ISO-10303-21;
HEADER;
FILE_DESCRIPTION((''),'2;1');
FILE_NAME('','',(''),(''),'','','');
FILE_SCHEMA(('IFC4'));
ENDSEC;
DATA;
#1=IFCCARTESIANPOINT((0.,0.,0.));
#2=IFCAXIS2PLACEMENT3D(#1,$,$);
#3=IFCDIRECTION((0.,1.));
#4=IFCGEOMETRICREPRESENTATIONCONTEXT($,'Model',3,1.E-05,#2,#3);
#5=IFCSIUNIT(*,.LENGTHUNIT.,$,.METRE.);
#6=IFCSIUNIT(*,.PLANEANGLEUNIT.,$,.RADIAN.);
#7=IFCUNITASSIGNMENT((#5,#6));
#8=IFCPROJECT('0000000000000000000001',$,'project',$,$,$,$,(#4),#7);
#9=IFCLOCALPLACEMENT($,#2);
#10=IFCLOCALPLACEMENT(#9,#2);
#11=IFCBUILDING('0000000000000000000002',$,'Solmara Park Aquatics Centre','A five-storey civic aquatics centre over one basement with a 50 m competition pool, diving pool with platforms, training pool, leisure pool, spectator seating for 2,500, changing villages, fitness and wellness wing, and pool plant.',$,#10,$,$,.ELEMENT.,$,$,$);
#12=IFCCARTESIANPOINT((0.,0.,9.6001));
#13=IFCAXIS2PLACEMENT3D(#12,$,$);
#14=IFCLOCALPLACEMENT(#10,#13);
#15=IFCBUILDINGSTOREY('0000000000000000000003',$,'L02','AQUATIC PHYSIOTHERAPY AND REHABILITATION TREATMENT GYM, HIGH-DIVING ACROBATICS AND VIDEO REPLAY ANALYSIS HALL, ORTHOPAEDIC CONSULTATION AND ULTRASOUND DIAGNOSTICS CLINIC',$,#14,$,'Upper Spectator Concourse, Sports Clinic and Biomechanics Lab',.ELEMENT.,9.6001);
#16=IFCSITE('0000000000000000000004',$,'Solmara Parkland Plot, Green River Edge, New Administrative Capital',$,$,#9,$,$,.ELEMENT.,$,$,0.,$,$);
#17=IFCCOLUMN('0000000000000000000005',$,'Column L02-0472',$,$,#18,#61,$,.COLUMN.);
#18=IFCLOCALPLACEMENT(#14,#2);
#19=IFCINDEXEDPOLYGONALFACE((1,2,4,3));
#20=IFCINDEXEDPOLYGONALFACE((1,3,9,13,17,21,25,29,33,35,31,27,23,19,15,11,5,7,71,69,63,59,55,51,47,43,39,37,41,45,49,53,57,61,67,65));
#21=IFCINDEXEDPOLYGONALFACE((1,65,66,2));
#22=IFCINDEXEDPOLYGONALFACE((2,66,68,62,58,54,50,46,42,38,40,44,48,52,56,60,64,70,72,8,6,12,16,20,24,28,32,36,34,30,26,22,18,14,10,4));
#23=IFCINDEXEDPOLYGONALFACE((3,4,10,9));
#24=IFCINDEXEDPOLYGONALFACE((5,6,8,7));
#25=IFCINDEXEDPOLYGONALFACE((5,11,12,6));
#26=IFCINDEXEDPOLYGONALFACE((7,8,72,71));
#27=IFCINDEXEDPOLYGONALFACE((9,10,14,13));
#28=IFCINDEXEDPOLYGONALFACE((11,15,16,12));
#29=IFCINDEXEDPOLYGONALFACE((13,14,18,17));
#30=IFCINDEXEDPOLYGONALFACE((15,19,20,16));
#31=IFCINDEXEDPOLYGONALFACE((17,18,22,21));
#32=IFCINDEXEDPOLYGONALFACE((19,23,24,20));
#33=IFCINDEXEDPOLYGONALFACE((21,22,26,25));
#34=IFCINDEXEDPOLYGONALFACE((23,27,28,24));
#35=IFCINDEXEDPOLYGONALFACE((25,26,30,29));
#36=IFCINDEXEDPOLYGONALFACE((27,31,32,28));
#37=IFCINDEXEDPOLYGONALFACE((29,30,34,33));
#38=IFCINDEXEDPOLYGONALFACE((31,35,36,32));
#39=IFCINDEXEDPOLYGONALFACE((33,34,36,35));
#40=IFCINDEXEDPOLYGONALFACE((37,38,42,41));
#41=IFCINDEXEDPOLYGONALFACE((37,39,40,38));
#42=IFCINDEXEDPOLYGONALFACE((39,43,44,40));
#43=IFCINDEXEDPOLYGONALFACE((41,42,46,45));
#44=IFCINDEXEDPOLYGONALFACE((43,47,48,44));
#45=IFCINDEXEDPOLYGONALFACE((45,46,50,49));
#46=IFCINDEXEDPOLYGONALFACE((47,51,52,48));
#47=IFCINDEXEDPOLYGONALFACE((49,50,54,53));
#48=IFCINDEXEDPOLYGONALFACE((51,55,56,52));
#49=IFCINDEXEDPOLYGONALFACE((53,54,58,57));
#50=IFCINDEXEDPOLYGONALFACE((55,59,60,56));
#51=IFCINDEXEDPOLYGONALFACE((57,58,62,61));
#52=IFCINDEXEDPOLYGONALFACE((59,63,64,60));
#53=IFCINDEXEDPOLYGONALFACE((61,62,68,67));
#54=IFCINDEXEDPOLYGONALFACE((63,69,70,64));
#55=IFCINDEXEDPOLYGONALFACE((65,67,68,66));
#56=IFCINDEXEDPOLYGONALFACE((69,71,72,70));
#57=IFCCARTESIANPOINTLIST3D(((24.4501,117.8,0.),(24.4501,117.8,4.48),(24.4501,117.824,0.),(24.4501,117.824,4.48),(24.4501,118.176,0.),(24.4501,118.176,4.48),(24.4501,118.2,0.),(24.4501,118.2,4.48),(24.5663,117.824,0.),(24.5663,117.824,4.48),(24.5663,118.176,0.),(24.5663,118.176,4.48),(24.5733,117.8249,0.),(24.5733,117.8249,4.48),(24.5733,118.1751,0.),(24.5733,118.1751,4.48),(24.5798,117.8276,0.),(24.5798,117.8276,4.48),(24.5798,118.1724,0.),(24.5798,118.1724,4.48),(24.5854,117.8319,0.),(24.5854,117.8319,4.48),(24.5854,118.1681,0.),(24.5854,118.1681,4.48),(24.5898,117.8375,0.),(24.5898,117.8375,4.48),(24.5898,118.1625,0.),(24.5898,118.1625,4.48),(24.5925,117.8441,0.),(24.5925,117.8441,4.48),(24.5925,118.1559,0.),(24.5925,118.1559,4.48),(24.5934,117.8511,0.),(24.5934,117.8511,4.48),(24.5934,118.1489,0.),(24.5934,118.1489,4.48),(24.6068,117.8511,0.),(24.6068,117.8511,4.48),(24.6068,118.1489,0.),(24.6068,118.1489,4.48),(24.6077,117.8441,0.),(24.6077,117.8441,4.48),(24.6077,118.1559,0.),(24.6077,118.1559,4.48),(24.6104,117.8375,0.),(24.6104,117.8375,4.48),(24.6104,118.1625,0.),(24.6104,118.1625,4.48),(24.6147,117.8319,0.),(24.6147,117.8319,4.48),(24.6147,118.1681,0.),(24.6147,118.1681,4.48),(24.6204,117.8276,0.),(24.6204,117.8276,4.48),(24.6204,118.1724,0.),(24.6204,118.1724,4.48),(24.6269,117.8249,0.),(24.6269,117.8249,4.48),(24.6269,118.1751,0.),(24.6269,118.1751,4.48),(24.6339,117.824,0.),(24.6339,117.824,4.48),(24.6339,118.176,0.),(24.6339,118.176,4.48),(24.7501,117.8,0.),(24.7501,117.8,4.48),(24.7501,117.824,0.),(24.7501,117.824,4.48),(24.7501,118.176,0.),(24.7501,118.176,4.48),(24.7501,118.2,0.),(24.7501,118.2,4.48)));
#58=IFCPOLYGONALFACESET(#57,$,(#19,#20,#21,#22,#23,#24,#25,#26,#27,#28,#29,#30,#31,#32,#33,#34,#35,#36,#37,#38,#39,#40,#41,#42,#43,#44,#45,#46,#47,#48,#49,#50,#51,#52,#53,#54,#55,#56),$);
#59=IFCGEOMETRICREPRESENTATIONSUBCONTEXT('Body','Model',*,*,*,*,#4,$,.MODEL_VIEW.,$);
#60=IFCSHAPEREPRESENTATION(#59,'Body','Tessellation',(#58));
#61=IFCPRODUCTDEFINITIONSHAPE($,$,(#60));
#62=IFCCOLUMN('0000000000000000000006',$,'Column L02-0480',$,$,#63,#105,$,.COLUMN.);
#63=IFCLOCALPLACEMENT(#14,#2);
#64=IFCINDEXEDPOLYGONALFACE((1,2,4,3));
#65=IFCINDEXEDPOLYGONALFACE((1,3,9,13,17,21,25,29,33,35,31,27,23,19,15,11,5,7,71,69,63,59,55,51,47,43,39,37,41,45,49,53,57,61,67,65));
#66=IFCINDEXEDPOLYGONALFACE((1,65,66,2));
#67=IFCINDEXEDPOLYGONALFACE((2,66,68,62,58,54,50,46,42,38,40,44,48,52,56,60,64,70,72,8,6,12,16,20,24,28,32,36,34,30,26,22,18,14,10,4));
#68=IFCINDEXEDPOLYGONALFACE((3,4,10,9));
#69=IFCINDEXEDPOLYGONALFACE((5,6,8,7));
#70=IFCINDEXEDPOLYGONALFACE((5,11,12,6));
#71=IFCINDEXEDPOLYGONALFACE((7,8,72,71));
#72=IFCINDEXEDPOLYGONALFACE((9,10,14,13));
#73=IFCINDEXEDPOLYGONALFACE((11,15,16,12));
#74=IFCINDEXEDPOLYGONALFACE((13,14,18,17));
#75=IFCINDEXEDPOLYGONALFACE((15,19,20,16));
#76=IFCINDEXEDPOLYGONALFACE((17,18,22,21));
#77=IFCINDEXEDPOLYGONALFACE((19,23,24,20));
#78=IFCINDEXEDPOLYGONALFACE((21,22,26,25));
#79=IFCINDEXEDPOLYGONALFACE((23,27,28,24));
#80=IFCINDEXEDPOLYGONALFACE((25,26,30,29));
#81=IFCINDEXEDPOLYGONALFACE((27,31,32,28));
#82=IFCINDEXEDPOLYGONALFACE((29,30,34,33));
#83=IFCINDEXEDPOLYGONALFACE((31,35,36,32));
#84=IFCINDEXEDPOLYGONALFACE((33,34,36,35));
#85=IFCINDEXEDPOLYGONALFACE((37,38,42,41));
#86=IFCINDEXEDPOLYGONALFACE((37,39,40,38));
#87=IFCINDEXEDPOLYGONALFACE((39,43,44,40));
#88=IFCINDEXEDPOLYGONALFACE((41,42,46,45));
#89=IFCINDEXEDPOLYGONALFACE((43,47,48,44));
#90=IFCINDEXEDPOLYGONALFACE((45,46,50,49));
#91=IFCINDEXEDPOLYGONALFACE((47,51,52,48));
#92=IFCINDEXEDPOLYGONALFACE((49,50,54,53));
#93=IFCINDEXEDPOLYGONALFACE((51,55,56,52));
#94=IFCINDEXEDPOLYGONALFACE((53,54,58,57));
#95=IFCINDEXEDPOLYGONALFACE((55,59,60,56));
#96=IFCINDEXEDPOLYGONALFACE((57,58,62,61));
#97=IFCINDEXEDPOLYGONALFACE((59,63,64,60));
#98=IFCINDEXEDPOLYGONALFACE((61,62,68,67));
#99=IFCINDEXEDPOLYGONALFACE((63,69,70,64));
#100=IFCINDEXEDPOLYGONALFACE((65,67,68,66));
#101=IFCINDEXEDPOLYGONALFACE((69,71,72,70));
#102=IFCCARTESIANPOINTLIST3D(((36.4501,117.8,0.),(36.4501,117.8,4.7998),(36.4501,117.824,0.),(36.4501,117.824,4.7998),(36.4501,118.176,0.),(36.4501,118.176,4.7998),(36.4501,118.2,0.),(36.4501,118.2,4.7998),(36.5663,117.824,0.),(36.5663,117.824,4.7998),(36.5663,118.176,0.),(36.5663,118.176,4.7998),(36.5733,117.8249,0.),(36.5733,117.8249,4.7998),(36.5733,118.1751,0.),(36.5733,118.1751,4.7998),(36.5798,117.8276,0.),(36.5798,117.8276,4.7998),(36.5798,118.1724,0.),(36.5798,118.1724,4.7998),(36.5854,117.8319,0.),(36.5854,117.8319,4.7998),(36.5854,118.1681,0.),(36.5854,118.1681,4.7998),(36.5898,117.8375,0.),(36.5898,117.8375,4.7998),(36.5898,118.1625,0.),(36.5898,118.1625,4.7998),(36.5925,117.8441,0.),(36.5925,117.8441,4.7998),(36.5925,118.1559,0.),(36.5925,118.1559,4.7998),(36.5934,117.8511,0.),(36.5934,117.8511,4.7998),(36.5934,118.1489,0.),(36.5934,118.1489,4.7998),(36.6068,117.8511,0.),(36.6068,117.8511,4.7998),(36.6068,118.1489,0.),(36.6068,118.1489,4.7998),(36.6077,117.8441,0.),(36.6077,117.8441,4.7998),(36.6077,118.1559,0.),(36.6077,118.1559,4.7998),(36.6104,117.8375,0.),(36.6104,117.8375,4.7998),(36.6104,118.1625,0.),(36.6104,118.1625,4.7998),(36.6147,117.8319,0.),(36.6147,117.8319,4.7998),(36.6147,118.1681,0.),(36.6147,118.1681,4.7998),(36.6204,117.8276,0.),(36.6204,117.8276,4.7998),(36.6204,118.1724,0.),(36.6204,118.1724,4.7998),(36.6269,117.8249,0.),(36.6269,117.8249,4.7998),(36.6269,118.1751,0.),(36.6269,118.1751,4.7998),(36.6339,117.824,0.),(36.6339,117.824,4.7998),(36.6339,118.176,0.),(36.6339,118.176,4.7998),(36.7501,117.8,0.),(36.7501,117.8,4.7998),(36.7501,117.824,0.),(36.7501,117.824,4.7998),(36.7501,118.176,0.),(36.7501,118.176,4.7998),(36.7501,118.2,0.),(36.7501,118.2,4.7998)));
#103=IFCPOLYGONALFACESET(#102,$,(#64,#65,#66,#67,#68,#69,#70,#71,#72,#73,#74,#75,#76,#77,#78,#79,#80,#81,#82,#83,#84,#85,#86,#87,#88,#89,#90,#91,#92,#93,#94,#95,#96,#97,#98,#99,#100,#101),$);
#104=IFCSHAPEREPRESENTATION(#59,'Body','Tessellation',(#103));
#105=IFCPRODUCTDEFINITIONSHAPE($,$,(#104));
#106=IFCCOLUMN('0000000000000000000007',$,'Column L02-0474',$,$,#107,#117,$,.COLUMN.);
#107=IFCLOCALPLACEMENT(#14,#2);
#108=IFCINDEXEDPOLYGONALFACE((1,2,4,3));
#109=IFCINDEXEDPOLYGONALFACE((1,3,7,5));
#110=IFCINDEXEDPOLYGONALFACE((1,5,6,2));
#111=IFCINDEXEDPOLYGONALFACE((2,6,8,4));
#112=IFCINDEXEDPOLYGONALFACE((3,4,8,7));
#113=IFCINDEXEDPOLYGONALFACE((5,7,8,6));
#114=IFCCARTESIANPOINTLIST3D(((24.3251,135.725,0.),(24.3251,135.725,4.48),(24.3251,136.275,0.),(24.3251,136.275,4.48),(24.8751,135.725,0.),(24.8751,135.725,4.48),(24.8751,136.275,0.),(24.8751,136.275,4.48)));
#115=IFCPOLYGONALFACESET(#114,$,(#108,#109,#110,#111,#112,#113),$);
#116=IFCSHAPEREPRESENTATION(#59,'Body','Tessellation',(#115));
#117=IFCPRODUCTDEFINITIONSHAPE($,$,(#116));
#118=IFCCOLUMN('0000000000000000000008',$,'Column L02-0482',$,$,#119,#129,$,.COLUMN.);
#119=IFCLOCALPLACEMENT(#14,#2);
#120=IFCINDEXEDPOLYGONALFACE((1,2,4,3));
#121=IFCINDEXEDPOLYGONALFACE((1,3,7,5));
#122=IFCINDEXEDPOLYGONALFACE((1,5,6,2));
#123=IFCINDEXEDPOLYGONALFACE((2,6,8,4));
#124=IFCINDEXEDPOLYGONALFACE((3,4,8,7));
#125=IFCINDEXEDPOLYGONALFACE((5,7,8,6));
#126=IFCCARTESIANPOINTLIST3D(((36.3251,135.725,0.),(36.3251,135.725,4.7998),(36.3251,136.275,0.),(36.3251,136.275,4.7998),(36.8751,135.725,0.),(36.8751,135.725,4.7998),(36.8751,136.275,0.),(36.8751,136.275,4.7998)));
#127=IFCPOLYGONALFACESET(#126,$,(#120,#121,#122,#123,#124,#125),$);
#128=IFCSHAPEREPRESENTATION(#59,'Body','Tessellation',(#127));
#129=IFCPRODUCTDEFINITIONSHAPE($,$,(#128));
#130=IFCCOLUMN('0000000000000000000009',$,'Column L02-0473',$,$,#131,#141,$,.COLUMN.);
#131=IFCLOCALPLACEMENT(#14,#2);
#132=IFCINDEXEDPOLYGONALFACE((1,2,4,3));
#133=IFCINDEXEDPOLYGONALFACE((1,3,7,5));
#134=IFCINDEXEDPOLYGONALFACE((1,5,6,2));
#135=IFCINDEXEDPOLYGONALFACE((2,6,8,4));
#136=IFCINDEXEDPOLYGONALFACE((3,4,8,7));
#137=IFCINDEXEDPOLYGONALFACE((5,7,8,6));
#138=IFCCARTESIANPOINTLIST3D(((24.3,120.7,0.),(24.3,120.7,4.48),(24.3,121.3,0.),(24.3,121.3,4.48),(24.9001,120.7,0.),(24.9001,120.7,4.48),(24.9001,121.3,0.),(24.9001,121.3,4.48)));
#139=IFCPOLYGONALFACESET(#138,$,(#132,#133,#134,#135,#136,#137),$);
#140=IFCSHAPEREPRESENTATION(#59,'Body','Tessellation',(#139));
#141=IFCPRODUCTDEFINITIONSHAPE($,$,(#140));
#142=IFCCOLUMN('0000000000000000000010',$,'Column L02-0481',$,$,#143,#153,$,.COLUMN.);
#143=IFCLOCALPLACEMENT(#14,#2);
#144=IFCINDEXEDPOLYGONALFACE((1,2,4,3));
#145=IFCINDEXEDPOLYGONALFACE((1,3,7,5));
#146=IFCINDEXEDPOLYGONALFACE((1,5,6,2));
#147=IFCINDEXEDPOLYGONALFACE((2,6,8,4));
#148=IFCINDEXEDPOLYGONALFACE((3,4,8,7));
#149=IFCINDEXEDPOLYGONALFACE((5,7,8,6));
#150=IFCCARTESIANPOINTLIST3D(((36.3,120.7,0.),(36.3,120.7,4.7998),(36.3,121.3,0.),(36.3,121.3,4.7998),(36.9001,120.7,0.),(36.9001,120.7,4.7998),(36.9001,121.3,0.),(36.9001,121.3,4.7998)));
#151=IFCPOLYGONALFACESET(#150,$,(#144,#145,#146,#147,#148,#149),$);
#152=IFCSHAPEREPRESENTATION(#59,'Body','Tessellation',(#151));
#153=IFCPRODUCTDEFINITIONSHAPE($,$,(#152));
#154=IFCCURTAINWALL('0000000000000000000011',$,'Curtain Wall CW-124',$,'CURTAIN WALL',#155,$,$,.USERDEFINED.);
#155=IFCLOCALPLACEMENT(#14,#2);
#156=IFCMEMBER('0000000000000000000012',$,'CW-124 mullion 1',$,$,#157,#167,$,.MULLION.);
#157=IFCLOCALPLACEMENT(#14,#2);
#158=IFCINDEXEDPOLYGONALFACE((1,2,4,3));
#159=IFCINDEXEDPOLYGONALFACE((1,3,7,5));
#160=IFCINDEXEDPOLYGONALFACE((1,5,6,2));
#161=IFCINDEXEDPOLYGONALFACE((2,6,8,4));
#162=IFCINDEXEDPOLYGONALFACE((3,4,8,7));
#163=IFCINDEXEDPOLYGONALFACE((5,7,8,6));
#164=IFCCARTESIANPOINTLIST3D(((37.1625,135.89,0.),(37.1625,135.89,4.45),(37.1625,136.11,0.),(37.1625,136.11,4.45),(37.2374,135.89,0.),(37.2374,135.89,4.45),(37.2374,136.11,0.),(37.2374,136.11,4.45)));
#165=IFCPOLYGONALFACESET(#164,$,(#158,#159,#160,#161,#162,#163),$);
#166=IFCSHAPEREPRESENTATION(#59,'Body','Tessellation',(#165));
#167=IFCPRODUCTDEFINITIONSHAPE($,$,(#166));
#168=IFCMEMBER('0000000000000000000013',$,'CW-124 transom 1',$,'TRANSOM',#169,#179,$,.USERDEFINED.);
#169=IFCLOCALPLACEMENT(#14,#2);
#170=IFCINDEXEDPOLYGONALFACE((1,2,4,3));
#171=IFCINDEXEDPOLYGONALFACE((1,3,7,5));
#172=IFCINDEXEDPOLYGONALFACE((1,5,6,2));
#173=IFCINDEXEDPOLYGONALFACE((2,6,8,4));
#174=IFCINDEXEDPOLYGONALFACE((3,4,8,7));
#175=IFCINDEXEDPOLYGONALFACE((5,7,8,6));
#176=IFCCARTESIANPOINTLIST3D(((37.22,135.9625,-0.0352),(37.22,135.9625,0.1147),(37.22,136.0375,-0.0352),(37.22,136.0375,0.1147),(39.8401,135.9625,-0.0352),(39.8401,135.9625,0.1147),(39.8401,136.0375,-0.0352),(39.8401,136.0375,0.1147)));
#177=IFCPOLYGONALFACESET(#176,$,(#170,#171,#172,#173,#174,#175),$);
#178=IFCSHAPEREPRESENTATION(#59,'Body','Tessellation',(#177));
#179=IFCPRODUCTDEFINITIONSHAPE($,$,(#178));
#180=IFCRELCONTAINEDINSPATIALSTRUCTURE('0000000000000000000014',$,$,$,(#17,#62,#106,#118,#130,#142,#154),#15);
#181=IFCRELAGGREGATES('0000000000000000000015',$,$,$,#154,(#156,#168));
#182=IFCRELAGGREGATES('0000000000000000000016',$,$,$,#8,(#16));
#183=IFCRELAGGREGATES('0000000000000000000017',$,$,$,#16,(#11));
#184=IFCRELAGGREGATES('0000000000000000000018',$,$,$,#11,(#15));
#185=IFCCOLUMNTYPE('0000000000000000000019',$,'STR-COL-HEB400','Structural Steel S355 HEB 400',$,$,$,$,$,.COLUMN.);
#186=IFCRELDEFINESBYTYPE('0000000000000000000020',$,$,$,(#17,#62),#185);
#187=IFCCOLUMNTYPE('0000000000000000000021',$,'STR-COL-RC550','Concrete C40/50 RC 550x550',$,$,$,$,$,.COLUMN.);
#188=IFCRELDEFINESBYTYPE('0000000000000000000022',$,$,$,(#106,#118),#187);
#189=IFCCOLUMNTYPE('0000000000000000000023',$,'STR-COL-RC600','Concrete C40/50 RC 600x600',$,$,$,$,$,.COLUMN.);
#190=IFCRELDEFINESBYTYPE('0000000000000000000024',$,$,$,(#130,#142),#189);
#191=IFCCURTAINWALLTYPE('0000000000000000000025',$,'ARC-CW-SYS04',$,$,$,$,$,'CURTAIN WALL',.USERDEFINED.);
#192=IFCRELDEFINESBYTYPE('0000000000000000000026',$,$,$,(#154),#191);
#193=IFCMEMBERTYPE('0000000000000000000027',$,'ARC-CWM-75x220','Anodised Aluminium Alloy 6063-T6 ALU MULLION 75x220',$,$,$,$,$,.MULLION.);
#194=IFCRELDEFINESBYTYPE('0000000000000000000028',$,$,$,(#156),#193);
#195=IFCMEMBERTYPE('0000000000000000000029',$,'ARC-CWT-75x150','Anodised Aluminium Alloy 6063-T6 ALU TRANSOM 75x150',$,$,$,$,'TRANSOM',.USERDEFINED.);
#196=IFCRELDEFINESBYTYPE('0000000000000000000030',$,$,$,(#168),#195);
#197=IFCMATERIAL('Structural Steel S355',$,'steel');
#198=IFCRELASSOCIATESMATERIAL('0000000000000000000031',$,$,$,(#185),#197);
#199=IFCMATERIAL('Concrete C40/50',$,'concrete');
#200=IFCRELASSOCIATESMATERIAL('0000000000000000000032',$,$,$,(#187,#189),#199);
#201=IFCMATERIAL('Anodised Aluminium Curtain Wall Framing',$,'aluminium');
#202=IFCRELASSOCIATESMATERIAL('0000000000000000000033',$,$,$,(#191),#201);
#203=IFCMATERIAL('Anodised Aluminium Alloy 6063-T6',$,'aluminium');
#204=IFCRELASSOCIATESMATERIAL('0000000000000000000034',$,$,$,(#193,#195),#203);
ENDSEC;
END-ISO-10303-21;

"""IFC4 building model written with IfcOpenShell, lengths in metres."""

from ifc_helpers import new_model, si_unit, direction, frame, origin, origin_2d, place, context, subcontext, project, spatial, rectangle, i_section, extrude, material, material_profile, profile_set, type_object, element, aggregate, save


model = new_model("IFC4")

# Units and contexts
model_context = context("Model", 3, precision=1e-05, world=origin(), true_north=direction((0.0, 1.0)))
body_context = subcontext(model_context, "Body", "Model", "MODEL_VIEW")
ifc_project = project(units=[si_unit("LENGTHUNIT", "METRE"), si_unit("PLANEANGLEUNIT", "RADIAN")], contexts=[model_context])

# Site, building, storey
site_placement = place(None, origin())
site = spatial("IfcSite", under=ifc_project, at=site_placement, Name="Solmara Parkland Plot, Green River Edge, New Administrative Capital", CompositionType="ELEMENT", RefElevation=0.0)
building_placement = place(site_placement, origin())
building = spatial("IfcBuilding", under=site, at=building_placement, Name="Solmara Park Aquatics Centre", Description="A five-storey civic aquatics centre over one basement with a 50 m competition pool, diving pool with platforms, training pool, leisure pool, spectator seating for 2,500, changing villages, fitness and wellness wing, and pool plant.", CompositionType="ELEMENT")
storey_placement = place(building_placement, frame((0.0, 0.0, 9.6001)))
storey = spatial("IfcBuildingStorey", under=building, at=storey_placement, Name="L02", Description="AQUATIC PHYSIOTHERAPY AND REHABILITATION TREATMENT GYM, HIGH-DIVING ACROBATICS AND VIDEO REPLAY ANALYSIS HALL, ORTHOPAEDIC CONSULTATION AND ULTRASOUND DIAGNOSTICS CLINIC", LongName="Upper Spectator Concourse, Sports Clinic and Biomechanics Lab", CompositionType="ELEMENT", Elevation=9.6001)

# Columns
ifc_material_1 = material(Name="Structural Steel S355", Category="steel")
ifc_material_profile_1 = material_profile(ifc_material_1, i_section(OverallWidth=0.3, OverallDepth=0.3999, WebThickness=0.0134, FlangeThickness=0.0239, FilletRadius=0.0271, at=origin_2d()), Name="HEB 400")
ifc_profile_set_1 = profile_set([ifc_material_profile_1], Name="Structural Steel S355")
column_type_1 = type_object("IfcColumnType", Name="STR-COL-HEB400", Description="Structural Steel S355 HEB 400", PredefinedType="COLUMN", material=ifc_profile_set_1)
column_1_placement = place(storey_placement, frame((24.6001, 118.0, 0.0), z_axis=(0.0, 0.0, 1.0), x_axis=(1.0, 0.0, 0.0)))
element("IfcColumn", 1, at=column_1_placement, inside=storey, type_object=column_type_1, Name="Column L02-0472", PredefinedType="COLUMN", context=body_context, shape_type="SweptSolid", body=[
    extrude(i_section(OverallWidth=0.3, OverallDepth=0.3999, WebThickness=0.0134, FlangeThickness=0.0239, FilletRadius=0.0271, at=origin_2d()), origin(), (0.0, 0.0, 1.0), 4.48),
])
column_2_placement = place(storey_placement, frame((36.6001, 118.0, 0.0), z_axis=(0.0, 0.0, 1.0), x_axis=(1.0, 0.0, 0.0)))
element("IfcColumn", 2, at=column_2_placement, inside=storey, type_object=column_type_1, Name="Column L02-0480", PredefinedType="COLUMN", context=body_context, shape_type="SweptSolid", body=[
    extrude(i_section(OverallWidth=0.3, OverallDepth=0.3999, WebThickness=0.0134, FlangeThickness=0.0239, FilletRadius=0.0271, at=origin_2d()), origin(), (0.0, 0.0, 1.0), 4.7998),
])
ifc_material_2 = material(Name="Concrete C40/50", Category="concrete")
ifc_material_profile_2 = material_profile(ifc_material_2, rectangle(XDim=0.55, YDim=0.55, at=origin_2d()), Name="RC 550x550")
ifc_profile_set_2 = profile_set([ifc_material_profile_2], Name="Concrete C40/50")
column_type_2 = type_object("IfcColumnType", Name="STR-COL-RC550", Description="Concrete C40/50 RC 550x550", PredefinedType="COLUMN", material=ifc_profile_set_2)
column_3_placement = place(storey_placement, frame((24.6001, 136.0, 0.0), z_axis=(0.0, 0.0, 1.0), x_axis=(1.0, 0.0, 0.0)))
element("IfcColumn", 3, at=column_3_placement, inside=storey, type_object=column_type_2, Name="Column L02-0474", PredefinedType="COLUMN", context=body_context, shape_type="SweptSolid", body=[
    extrude(rectangle(XDim=0.55, YDim=0.55, at=origin_2d()), origin(), (0.0, 0.0, 1.0), 4.48),
])
column_4_placement = place(storey_placement, frame((36.6001, 136.0, 0.0), z_axis=(0.0, 0.0, 1.0), x_axis=(1.0, 0.0, 0.0)))
element("IfcColumn", 4, at=column_4_placement, inside=storey, type_object=column_type_2, Name="Column L02-0482", PredefinedType="COLUMN", context=body_context, shape_type="SweptSolid", body=[
    extrude(rectangle(XDim=0.55, YDim=0.55, at=origin_2d()), origin(), (0.0, 0.0, 1.0), 4.7998),
])
ifc_material_profile_3 = material_profile(ifc_material_2, rectangle(XDim=0.6001, YDim=0.6001, at=origin_2d()), Name="RC 600x600")
ifc_profile_set_3 = profile_set([ifc_material_profile_3], Name="Concrete C40/50")
column_type_3 = type_object("IfcColumnType", Name="STR-COL-RC600", Description="Concrete C40/50 RC 600x600", PredefinedType="COLUMN", material=ifc_profile_set_3)
column_5_placement = place(storey_placement, frame((24.6001, 121.0, 0.0), z_axis=(0.0, 0.0, 1.0), x_axis=(1.0, 0.0, 0.0)))
element("IfcColumn", 5, at=column_5_placement, inside=storey, type_object=column_type_3, Name="Column L02-0473", PredefinedType="COLUMN", context=body_context, shape_type="SweptSolid", body=[
    extrude(rectangle(XDim=0.6001, YDim=0.6001, at=origin_2d()), origin(), (0.0, 0.0, 1.0), 4.48),
])
column_6_placement = place(storey_placement, frame((36.6001, 121.0, 0.0), z_axis=(0.0, 0.0, 1.0), x_axis=(1.0, 0.0, 0.0)))
element("IfcColumn", 6, at=column_6_placement, inside=storey, type_object=column_type_3, Name="Column L02-0481", PredefinedType="COLUMN", context=body_context, shape_type="SweptSolid", body=[
    extrude(rectangle(XDim=0.6001, YDim=0.6001, at=origin_2d()), origin(), (0.0, 0.0, 1.0), 4.7998),
])

# Curtain wall, members
ifc_material_3 = material(Name="Anodised Aluminium Curtain Wall Framing", Category="aluminium")
curtain_wall_type = type_object("IfcCurtainWallType", Name="ARC-CW-SYS04", ElementType="CURTAIN WALL", PredefinedType="USERDEFINED", material=ifc_material_3)
curtain_wall_placement = place(storey_placement, origin())
curtain_wall = element("IfcCurtainWall", 7, at=curtain_wall_placement, inside=storey, type_object=curtain_wall_type, Name="Curtain Wall CW-124", ObjectType="CURTAIN WALL", PredefinedType="USERDEFINED")
ifc_material_4 = material(Name="Anodised Aluminium Alloy 6063-T6", Category="aluminium")
ifc_material_profile_4 = material_profile(ifc_material_4, rectangle(XDim=0.075, YDim=0.22, at=origin_2d()), Name="ALU MULLION 75x220")
ifc_profile_set_4 = profile_set([ifc_material_profile_4], Name="Anodised Aluminium Alloy 6063-T6")
member_type_1 = type_object("IfcMemberType", Name="ARC-CWM-75x220", Description="Anodised Aluminium Alloy 6063-T6 ALU MULLION 75x220", PredefinedType="MULLION", material=ifc_profile_set_4)
member_1_placement = place(storey_placement, frame((37.2, 136.0, 0.0), z_axis=(0.0, 0.0, 1.0), x_axis=(1.0, 0.0, 0.0)))
member_1 = element("IfcMember", 8, at=member_1_placement, type_object=member_type_1, Name="CW-124 mullion 1", PredefinedType="MULLION", context=body_context, shape_type="SweptSolid", body=[
    extrude(rectangle(XDim=0.075, YDim=0.22, at=origin_2d()), origin(), (0.0, 0.0, 1.0), 4.45),
])
ifc_material_profile_5 = material_profile(ifc_material_4, rectangle(XDim=0.075, YDim=0.1499, at=origin_2d()), Name="ALU TRANSOM 75x150")
ifc_profile_set_5 = profile_set([ifc_material_profile_5], Name="Anodised Aluminium Alloy 6063-T6")
member_type_2 = type_object("IfcMemberType", Name="ARC-CWT-75x150", Description="Anodised Aluminium Alloy 6063-T6 ALU TRANSOM 75x150", ElementType="TRANSOM", PredefinedType="USERDEFINED", material=ifc_profile_set_5)
member_2_placement = place(storey_placement, frame((37.22, 136.0, 0.0398), z_axis=(1.0, 0.0, 0.0), x_axis=(0.0, 1.0, 0.0)))
member_2 = element("IfcMember", 9, at=member_2_placement, type_object=member_type_2, Name="CW-124 transom 1", ObjectType="TRANSOM", PredefinedType="USERDEFINED", context=body_context, shape_type="SweptSolid", body=[
    extrude(rectangle(XDim=0.075, YDim=0.1499, at=origin_2d()), origin(), (0.0, 0.0, 1.0), 2.6201),
])
aggregate(curtain_wall, [member_1, member_2])

save(model, "model.ifc")
